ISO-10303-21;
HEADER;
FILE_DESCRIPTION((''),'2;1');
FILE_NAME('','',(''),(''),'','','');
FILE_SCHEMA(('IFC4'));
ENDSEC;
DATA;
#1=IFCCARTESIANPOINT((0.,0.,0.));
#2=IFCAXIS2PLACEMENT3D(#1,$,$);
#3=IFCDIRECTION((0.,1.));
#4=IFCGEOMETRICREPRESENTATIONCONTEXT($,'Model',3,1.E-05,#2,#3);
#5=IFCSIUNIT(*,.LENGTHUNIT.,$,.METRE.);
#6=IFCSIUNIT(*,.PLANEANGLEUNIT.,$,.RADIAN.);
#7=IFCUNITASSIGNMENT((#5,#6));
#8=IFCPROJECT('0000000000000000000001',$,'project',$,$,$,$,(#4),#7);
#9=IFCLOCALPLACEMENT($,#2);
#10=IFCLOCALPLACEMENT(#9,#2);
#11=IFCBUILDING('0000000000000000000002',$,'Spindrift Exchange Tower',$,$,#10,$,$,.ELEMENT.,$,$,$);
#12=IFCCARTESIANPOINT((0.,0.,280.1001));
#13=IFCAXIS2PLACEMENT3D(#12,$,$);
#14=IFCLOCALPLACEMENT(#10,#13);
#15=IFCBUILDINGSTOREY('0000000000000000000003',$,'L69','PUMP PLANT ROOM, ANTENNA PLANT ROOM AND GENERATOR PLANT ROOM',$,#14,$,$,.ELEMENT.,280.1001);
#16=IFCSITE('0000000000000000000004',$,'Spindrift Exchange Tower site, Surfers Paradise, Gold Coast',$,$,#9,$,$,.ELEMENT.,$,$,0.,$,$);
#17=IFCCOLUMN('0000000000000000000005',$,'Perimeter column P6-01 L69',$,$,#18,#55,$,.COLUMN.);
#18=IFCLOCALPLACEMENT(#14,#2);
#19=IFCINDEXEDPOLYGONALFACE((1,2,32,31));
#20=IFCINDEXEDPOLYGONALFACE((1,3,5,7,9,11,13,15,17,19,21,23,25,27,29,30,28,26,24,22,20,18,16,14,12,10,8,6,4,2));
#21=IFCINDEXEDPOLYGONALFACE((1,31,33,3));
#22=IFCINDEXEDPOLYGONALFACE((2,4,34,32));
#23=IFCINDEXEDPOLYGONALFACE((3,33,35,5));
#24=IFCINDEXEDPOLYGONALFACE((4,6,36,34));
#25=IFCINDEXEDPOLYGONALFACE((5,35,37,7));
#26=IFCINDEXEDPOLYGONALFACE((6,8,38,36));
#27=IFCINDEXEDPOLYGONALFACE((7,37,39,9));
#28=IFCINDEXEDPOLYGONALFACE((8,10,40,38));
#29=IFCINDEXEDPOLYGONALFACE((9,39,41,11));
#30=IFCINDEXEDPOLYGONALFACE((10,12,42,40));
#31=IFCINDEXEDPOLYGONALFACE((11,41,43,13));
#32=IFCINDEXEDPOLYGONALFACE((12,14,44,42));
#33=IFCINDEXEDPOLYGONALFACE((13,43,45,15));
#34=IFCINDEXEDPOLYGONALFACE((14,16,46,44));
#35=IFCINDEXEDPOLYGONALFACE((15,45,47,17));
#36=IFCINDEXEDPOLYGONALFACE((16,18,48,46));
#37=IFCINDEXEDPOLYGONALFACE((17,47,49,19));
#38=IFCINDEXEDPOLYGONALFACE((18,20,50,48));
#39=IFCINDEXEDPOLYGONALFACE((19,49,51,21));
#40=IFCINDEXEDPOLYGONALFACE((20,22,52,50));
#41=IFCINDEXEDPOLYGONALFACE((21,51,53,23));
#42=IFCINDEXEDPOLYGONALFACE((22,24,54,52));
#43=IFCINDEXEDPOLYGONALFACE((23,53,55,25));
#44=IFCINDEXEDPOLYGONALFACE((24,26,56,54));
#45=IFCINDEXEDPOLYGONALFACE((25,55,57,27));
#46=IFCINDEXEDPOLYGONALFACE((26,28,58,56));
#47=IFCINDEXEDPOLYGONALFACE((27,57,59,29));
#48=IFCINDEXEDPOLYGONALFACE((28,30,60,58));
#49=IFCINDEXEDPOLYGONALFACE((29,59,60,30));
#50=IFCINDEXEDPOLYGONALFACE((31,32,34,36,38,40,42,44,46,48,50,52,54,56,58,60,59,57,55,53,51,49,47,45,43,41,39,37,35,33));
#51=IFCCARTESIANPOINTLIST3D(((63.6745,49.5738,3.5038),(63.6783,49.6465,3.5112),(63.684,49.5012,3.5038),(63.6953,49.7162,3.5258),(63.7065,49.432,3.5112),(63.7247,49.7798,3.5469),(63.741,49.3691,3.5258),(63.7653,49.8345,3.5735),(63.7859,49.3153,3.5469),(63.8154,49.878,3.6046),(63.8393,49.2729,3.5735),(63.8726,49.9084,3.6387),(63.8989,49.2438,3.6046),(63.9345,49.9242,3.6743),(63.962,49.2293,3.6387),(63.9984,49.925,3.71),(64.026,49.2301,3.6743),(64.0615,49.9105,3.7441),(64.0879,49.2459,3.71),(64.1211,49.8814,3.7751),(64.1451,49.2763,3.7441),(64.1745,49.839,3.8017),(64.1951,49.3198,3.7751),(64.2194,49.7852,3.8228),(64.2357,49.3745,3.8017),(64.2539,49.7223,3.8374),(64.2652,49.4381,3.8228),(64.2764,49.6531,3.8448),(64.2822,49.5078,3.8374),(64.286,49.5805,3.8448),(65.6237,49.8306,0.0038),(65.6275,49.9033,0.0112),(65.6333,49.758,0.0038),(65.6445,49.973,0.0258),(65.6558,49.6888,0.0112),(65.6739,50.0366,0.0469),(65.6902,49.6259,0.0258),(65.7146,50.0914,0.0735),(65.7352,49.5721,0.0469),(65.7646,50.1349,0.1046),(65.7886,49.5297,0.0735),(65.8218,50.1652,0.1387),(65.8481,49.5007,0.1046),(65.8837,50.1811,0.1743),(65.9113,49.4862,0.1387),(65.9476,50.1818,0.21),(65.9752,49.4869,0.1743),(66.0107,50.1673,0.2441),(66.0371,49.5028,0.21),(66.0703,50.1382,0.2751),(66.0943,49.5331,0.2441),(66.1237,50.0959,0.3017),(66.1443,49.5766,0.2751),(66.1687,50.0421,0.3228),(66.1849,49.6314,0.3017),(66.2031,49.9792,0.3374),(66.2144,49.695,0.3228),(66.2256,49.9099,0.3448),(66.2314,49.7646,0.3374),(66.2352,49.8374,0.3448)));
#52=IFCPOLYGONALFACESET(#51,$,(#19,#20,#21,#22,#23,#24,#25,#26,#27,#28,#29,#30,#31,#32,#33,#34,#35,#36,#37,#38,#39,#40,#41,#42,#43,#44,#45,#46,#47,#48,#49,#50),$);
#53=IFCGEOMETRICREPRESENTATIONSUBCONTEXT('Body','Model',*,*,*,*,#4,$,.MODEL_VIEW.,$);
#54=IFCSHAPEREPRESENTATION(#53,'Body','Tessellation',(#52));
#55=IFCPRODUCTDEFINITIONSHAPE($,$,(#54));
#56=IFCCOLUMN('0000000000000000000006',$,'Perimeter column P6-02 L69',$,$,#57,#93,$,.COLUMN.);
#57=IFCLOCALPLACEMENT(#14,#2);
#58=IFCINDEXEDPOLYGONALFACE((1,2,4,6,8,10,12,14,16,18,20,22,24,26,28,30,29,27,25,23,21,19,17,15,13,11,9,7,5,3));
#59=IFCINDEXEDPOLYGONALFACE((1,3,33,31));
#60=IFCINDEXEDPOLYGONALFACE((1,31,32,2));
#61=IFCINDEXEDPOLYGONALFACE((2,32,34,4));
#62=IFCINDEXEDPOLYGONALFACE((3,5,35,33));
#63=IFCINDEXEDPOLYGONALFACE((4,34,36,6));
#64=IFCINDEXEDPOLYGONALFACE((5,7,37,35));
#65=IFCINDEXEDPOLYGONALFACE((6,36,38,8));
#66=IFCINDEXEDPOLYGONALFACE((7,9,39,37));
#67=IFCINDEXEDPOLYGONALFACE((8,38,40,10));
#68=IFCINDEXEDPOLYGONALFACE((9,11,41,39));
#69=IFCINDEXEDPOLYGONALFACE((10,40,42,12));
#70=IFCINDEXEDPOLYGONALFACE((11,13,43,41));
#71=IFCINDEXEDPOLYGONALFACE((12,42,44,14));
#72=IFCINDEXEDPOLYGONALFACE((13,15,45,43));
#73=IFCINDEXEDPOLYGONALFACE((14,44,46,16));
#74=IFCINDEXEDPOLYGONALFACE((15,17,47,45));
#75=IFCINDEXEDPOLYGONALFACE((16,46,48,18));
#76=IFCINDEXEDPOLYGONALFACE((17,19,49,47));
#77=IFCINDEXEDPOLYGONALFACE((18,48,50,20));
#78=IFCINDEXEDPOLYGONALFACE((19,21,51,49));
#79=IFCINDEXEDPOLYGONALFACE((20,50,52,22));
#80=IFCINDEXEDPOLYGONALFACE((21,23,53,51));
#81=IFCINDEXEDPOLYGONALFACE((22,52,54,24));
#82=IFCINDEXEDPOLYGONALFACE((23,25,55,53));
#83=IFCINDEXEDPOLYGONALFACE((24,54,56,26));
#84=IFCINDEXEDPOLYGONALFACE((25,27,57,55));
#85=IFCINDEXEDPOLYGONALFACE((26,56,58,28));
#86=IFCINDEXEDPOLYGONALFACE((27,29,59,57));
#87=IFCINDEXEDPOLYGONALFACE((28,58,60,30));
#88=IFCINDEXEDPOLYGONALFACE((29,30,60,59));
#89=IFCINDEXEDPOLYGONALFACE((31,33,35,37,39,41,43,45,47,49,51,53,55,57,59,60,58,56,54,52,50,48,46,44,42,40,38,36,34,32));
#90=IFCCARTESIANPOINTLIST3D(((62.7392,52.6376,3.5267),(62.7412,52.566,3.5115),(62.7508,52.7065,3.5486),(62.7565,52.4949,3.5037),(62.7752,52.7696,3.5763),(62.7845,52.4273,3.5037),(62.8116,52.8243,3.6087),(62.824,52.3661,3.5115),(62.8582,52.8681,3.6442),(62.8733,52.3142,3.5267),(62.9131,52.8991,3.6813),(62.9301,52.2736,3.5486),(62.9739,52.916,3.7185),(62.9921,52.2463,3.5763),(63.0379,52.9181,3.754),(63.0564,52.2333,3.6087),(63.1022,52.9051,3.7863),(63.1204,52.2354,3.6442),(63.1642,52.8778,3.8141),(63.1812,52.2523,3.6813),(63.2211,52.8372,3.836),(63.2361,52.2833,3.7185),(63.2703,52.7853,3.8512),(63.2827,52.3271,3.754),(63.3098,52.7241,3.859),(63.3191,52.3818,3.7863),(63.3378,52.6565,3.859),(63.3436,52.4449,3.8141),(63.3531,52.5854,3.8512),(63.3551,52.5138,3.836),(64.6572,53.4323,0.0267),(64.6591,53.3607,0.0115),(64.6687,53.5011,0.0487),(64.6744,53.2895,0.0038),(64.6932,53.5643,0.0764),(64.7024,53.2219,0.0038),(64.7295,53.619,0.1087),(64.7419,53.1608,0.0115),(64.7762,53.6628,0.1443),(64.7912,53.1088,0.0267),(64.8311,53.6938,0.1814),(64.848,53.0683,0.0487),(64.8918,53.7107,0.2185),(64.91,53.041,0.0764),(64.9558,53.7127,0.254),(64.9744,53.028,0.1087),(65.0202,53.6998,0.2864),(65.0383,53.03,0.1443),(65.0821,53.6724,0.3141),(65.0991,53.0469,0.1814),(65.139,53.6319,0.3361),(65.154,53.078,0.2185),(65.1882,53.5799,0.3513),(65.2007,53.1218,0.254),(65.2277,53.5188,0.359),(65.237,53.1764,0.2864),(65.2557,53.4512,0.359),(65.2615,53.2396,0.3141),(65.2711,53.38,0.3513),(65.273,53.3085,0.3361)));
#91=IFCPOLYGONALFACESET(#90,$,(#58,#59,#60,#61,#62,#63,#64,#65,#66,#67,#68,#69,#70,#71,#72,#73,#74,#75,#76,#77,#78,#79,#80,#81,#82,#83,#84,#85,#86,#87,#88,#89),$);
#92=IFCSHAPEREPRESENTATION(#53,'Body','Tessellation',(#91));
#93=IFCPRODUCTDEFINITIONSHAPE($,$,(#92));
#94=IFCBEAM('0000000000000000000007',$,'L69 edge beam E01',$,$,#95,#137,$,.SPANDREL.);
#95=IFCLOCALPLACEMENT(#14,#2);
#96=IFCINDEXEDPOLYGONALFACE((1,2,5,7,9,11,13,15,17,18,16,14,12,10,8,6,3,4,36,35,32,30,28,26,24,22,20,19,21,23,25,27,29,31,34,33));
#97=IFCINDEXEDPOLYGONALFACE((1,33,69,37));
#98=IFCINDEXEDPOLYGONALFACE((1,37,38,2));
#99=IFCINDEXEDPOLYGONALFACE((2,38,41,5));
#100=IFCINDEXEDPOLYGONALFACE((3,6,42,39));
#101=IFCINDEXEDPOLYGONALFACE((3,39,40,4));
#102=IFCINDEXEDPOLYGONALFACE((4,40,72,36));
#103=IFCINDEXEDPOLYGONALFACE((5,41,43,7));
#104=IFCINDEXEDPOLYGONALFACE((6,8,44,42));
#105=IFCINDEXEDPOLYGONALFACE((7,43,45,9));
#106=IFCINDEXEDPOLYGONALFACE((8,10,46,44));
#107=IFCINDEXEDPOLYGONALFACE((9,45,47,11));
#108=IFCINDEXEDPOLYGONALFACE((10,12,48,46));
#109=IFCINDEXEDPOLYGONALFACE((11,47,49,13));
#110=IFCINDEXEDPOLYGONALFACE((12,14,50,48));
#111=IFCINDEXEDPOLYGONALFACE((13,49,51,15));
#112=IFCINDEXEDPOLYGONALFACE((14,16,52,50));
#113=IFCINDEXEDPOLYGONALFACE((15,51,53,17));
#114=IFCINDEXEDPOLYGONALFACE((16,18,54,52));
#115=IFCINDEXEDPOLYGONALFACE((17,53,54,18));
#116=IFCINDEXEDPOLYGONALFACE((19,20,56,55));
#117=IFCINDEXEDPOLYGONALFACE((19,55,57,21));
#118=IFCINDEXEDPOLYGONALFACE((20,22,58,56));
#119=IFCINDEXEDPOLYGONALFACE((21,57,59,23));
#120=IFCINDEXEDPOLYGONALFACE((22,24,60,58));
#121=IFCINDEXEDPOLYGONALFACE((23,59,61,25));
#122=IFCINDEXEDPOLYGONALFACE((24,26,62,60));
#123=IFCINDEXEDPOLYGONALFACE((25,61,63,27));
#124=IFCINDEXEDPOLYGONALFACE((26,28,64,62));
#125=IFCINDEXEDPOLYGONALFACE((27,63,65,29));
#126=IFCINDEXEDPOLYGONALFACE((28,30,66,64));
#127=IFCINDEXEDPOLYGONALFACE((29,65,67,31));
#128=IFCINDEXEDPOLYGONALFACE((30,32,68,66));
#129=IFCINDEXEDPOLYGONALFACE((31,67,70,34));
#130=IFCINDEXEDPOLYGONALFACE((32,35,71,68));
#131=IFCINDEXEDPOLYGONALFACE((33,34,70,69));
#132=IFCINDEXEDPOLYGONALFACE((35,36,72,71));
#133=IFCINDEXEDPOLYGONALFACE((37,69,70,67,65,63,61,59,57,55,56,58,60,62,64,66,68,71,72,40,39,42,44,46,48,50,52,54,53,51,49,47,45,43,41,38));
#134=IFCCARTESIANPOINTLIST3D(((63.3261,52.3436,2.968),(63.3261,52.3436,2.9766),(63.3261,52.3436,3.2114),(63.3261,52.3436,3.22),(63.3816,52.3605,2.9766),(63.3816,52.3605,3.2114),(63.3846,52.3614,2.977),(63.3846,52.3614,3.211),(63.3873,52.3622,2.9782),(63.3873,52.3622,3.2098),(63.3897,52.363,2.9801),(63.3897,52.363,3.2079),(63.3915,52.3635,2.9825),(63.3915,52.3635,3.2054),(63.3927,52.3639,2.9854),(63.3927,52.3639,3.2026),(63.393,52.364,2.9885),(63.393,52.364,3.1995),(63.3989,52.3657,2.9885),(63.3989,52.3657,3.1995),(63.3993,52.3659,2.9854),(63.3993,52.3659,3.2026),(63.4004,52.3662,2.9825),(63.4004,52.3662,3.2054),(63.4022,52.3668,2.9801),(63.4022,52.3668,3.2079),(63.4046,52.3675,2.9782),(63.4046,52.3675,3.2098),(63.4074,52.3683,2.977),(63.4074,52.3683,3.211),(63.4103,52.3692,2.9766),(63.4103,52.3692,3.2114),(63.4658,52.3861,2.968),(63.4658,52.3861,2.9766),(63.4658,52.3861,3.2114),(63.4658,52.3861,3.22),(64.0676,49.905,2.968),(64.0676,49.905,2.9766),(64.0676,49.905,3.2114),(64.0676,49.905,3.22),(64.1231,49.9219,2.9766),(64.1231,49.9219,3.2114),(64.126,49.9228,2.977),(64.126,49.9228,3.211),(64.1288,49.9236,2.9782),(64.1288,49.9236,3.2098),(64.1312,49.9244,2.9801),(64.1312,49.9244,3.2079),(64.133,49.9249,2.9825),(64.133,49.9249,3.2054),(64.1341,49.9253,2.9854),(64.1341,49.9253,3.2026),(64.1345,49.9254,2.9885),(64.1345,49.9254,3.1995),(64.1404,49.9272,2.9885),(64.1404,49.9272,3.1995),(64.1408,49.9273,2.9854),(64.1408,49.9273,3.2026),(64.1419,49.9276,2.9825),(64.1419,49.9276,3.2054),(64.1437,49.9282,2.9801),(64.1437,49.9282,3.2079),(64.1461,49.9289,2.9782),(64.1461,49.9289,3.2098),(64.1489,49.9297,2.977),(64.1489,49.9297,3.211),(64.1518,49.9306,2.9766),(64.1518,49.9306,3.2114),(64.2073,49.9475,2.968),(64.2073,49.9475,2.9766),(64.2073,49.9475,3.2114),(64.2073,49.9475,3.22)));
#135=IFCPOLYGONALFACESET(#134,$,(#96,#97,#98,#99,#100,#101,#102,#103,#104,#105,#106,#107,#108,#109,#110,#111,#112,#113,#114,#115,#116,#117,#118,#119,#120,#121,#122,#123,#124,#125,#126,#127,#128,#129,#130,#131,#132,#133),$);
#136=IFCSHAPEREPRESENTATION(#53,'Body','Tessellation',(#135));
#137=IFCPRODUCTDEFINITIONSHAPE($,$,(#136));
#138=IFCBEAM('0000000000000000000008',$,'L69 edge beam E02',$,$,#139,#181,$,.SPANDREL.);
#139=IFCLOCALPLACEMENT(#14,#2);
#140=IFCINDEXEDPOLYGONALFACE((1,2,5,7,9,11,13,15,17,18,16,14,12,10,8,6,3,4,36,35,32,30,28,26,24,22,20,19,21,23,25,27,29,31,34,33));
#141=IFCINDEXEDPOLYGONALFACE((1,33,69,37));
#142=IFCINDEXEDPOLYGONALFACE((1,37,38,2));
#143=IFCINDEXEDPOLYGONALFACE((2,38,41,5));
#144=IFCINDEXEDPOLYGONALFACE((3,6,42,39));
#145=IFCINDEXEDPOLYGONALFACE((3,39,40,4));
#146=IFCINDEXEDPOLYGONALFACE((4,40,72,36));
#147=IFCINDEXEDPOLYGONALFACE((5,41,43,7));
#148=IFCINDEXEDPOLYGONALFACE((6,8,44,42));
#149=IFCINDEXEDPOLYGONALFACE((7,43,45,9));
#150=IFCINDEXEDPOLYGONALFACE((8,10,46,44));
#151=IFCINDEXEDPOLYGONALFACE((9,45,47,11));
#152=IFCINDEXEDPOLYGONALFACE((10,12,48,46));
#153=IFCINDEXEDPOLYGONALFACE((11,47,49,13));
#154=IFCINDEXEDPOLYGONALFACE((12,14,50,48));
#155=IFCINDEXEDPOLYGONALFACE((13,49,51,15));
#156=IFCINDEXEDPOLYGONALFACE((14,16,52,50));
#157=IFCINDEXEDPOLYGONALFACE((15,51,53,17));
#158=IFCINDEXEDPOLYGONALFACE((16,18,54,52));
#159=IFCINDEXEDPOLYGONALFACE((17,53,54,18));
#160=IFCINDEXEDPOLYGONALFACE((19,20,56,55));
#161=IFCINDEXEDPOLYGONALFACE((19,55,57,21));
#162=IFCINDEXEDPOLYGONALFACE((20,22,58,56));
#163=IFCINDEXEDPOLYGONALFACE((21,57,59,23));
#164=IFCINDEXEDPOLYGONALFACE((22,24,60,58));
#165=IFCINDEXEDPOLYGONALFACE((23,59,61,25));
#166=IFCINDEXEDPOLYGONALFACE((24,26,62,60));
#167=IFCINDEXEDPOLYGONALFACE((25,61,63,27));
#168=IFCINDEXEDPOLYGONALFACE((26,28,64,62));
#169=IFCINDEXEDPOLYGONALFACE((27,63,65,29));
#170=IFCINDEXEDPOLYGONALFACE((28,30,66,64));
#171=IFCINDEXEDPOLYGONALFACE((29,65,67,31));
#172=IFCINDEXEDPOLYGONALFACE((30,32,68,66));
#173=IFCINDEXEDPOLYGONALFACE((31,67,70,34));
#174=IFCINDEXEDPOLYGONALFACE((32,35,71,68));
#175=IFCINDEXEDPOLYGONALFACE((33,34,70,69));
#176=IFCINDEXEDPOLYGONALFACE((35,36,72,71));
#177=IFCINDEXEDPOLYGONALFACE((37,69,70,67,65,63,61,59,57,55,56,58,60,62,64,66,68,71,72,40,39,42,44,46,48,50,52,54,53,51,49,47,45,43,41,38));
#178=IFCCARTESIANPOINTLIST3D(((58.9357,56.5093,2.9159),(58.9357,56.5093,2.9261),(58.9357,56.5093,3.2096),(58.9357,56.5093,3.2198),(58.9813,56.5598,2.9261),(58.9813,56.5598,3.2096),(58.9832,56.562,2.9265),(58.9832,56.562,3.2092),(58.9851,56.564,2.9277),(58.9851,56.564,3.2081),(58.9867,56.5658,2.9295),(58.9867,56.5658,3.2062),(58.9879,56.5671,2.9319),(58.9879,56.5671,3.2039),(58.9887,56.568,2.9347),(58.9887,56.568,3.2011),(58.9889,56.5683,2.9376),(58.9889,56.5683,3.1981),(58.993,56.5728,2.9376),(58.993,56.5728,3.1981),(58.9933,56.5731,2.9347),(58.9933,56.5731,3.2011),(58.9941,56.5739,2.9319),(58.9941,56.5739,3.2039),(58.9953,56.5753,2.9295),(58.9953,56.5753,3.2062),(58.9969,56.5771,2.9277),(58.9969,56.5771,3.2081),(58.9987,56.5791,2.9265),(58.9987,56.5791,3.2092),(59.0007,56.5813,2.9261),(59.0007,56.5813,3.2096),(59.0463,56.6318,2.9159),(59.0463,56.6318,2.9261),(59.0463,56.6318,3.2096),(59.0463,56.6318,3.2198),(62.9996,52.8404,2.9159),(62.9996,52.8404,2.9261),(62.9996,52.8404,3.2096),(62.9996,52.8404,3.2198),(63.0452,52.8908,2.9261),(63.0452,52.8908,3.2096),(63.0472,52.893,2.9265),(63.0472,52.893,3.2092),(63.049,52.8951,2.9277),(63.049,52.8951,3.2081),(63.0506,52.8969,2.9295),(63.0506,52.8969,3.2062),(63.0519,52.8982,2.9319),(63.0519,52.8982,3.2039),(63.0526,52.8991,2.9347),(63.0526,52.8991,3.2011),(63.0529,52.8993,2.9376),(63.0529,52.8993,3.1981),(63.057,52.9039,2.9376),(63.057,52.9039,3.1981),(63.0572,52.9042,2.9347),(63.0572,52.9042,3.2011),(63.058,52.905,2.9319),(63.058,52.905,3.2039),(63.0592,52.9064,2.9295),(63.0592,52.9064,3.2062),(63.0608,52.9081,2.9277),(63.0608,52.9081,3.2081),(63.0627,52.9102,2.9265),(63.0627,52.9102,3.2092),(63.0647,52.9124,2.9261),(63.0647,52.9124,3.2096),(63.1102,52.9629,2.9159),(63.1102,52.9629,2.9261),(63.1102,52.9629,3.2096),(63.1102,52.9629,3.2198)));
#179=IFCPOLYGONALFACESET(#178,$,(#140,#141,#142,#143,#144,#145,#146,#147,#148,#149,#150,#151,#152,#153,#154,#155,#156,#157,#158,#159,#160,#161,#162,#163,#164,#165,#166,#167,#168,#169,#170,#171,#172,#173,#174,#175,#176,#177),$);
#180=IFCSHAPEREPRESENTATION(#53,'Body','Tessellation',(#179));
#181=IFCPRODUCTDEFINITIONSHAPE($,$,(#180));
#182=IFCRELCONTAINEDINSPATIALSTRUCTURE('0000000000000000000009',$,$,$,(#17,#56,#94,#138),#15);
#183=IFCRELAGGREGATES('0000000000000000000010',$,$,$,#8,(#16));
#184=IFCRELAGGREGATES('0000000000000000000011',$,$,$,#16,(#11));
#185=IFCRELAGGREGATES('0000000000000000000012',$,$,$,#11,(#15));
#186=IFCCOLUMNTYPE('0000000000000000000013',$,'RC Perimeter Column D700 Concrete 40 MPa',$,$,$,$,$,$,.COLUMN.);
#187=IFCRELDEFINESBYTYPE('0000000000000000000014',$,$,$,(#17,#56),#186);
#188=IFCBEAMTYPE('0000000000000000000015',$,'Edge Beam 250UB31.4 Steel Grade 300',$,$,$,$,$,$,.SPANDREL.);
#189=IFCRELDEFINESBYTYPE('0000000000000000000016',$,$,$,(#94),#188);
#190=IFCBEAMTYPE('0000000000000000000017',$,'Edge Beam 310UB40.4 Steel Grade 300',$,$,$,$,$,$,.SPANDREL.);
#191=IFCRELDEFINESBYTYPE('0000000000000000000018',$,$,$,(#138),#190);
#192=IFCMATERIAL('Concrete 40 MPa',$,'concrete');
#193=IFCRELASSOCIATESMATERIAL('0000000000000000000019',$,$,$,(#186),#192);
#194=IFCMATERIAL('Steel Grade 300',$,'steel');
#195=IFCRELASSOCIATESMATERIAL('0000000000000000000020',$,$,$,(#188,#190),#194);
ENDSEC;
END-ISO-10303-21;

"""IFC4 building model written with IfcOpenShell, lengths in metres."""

from ifc_helpers import new_model, si_unit, direction, frame, origin, origin_2d, place, context, subcontext, project, spatial, circle, i_section, extrude, source, transform, mapped, material, material_profile, profile_set, type_object, element, save


model = new_model("IFC4")

# Units and contexts
model_context = context("Model", 3, precision=1e-05, world=origin(), true_north=direction((0.0, 1.0)))
body_context = subcontext(model_context, "Body", "Model", "MODEL_VIEW")
ifc_project = project(units=[si_unit("LENGTHUNIT", "METRE"), si_unit("PLANEANGLEUNIT", "RADIAN")], contexts=[model_context])

# Site, building, storey
site_placement = place(None, origin())
site = spatial("IfcSite", under=ifc_project, at=site_placement, Name="Spindrift Exchange Tower site, Surfers Paradise, Gold Coast", CompositionType="ELEMENT", RefElevation=0.0)
building_placement = place(site_placement, origin())
building = spatial("IfcBuilding", under=site, at=building_placement, Name="Spindrift Exchange Tower", CompositionType="ELEMENT")
storey_placement = place(building_placement, frame((0.0, 0.0, 280.1001)))
storey = spatial("IfcBuildingStorey", under=building, at=storey_placement, Name="L69", Description="PUMP PLANT ROOM, ANTENNA PLANT ROOM AND GENERATOR PLANT ROOM", CompositionType="ELEMENT", Elevation=280.1001)

# Columns
ifc_material_1 = material(Name="Concrete 40 MPa", Category="concrete")
ifc_material_profile_1 = material_profile(ifc_material_1, circle(Radius=0.3501, at=origin_2d()), Name="RC D700")
ifc_profile_set_1 = profile_set([ifc_material_profile_1], Name="Concrete 40 MPa")
column_type = type_object("IfcColumnType", Name="RC Perimeter Column D700 Concrete 40 MPa", PredefinedType="COLUMN", material=ifc_profile_set_1)
shared_shape_1 = source(origin(), body_context, "Body", "SweptSolid", [
    extrude(circle(Radius=0.3501, at=origin_2d()), origin(), (0.0, 0.0, 1.0), 4.0144),
])
column_1_placement = place(storey_placement, frame((65.9294, 49.834, 0.1743), z_axis=(-0.485557, -0.063979, 0.871861), x_axis=(0.130634, -0.991431, 0.0)))
element("IfcColumn", 1, at=column_1_placement, inside=storey, type_object=column_type, Name="Perimeter column P6-01 L69", PredefinedType="COLUMN", context=body_context, shape_type="MappedRepresentation", body=[
    mapped(shared_shape_1, transform((0.0, 0.0, 0.0), scale=1.0)),
])
shared_shape_2 = source(origin(), body_context, "Body", "SweptSolid", [
    extrude(circle(Radius=0.3501, at=origin_2d()), origin(), (0.0, 0.0, 1.0), 4.0693),
])
column_2_placement = place(storey_placement, frame((64.9651, 53.3704, 0.1814), z_axis=(-0.471313, -0.195281, 0.860075), x_axis=(0.382778, -0.923841, 0.0)))
element("IfcColumn", 2, at=column_2_placement, inside=storey, type_object=column_type, Name="Perimeter column P6-02 L69", PredefinedType="COLUMN", context=body_context, shape_type="MappedRepresentation", body=[
    mapped(shared_shape_2, transform((0.0, 0.0, 0.0), scale=1.0)),
])

# Beams
ifc_material_2 = material(Name="Steel Grade 300", Category="steel")
ifc_material_profile_2 = material_profile(ifc_material_2, i_section(OverallWidth=0.146, OverallDepth=0.252, WebThickness=0.0061, FlangeThickness=0.0085, FilletRadius=0.012, at=origin_2d()), Name="250UB31.4")
ifc_profile_set_2 = profile_set([ifc_material_profile_2], Name="Steel Grade 300")
beam_type_1 = type_object("IfcBeamType", Name="Edge Beam 250UB31.4 Steel Grade 300", PredefinedType="SPANDREL", material=ifc_profile_set_2)
shared_shape_3 = source(origin(), body_context, "Body", "SweptSolid", [
    extrude(i_section(OverallWidth=0.146, OverallDepth=0.252, WebThickness=0.0061, FlangeThickness=0.0085, FilletRadius=0.012, at=origin_2d()), origin(), (0.0, 0.0, 1.0), 2.5488),
])
beam_1_placement = place(storey_placement, frame((64.1375, 49.9263, 3.094), z_axis=(-0.290914, 0.956749, 0.0), x_axis=(-0.956749, -0.290914, 0.0)))
element("IfcBeam", 3, at=beam_1_placement, inside=storey, type_object=beam_type_1, Name="L69 edge beam E01", PredefinedType="SPANDREL", context=body_context, shape_type="MappedRepresentation", body=[
    mapped(shared_shape_3, transform((0.0, 0.0, 0.0), scale=1.0)),
])
ifc_material_profile_3 = material_profile(ifc_material_2, i_section(OverallWidth=0.165, OverallDepth=0.304, WebThickness=0.0061, FlangeThickness=0.0103, FilletRadius=0.0115, at=origin_2d()), Name="310UB40.4")
ifc_profile_set_3 = profile_set([ifc_material_profile_3], Name="Steel Grade 300")
beam_type_2 = type_object("IfcBeamType", Name="Edge Beam 310UB40.4 Steel Grade 300", PredefinedType="SPANDREL", material=ifc_profile_set_3)
shared_shape_4 = source(origin(), body_context, "Body", "SweptSolid", [
    extrude(i_section(OverallWidth=0.165, OverallDepth=0.304, WebThickness=0.0061, FlangeThickness=0.0103, FilletRadius=0.0115, at=origin_2d()), origin(), (0.0, 0.0, 1.0), 5.4751),
])
beam_2_placement = place(storey_placement, frame((63.0549, 52.9016, 3.0679), z_axis=(-0.74226, 0.670112, 0.0), x_axis=(-0.670112, -0.74226, 0.0)))
element("IfcBeam", 4, at=beam_2_placement, inside=storey, type_object=beam_type_2, Name="L69 edge beam E02", PredefinedType="SPANDREL", context=body_context, shape_type="MappedRepresentation", body=[
    mapped(shared_shape_4, transform((0.0, 0.0, 0.0), scale=1.0)),
])

save(model, "model.ifc")
